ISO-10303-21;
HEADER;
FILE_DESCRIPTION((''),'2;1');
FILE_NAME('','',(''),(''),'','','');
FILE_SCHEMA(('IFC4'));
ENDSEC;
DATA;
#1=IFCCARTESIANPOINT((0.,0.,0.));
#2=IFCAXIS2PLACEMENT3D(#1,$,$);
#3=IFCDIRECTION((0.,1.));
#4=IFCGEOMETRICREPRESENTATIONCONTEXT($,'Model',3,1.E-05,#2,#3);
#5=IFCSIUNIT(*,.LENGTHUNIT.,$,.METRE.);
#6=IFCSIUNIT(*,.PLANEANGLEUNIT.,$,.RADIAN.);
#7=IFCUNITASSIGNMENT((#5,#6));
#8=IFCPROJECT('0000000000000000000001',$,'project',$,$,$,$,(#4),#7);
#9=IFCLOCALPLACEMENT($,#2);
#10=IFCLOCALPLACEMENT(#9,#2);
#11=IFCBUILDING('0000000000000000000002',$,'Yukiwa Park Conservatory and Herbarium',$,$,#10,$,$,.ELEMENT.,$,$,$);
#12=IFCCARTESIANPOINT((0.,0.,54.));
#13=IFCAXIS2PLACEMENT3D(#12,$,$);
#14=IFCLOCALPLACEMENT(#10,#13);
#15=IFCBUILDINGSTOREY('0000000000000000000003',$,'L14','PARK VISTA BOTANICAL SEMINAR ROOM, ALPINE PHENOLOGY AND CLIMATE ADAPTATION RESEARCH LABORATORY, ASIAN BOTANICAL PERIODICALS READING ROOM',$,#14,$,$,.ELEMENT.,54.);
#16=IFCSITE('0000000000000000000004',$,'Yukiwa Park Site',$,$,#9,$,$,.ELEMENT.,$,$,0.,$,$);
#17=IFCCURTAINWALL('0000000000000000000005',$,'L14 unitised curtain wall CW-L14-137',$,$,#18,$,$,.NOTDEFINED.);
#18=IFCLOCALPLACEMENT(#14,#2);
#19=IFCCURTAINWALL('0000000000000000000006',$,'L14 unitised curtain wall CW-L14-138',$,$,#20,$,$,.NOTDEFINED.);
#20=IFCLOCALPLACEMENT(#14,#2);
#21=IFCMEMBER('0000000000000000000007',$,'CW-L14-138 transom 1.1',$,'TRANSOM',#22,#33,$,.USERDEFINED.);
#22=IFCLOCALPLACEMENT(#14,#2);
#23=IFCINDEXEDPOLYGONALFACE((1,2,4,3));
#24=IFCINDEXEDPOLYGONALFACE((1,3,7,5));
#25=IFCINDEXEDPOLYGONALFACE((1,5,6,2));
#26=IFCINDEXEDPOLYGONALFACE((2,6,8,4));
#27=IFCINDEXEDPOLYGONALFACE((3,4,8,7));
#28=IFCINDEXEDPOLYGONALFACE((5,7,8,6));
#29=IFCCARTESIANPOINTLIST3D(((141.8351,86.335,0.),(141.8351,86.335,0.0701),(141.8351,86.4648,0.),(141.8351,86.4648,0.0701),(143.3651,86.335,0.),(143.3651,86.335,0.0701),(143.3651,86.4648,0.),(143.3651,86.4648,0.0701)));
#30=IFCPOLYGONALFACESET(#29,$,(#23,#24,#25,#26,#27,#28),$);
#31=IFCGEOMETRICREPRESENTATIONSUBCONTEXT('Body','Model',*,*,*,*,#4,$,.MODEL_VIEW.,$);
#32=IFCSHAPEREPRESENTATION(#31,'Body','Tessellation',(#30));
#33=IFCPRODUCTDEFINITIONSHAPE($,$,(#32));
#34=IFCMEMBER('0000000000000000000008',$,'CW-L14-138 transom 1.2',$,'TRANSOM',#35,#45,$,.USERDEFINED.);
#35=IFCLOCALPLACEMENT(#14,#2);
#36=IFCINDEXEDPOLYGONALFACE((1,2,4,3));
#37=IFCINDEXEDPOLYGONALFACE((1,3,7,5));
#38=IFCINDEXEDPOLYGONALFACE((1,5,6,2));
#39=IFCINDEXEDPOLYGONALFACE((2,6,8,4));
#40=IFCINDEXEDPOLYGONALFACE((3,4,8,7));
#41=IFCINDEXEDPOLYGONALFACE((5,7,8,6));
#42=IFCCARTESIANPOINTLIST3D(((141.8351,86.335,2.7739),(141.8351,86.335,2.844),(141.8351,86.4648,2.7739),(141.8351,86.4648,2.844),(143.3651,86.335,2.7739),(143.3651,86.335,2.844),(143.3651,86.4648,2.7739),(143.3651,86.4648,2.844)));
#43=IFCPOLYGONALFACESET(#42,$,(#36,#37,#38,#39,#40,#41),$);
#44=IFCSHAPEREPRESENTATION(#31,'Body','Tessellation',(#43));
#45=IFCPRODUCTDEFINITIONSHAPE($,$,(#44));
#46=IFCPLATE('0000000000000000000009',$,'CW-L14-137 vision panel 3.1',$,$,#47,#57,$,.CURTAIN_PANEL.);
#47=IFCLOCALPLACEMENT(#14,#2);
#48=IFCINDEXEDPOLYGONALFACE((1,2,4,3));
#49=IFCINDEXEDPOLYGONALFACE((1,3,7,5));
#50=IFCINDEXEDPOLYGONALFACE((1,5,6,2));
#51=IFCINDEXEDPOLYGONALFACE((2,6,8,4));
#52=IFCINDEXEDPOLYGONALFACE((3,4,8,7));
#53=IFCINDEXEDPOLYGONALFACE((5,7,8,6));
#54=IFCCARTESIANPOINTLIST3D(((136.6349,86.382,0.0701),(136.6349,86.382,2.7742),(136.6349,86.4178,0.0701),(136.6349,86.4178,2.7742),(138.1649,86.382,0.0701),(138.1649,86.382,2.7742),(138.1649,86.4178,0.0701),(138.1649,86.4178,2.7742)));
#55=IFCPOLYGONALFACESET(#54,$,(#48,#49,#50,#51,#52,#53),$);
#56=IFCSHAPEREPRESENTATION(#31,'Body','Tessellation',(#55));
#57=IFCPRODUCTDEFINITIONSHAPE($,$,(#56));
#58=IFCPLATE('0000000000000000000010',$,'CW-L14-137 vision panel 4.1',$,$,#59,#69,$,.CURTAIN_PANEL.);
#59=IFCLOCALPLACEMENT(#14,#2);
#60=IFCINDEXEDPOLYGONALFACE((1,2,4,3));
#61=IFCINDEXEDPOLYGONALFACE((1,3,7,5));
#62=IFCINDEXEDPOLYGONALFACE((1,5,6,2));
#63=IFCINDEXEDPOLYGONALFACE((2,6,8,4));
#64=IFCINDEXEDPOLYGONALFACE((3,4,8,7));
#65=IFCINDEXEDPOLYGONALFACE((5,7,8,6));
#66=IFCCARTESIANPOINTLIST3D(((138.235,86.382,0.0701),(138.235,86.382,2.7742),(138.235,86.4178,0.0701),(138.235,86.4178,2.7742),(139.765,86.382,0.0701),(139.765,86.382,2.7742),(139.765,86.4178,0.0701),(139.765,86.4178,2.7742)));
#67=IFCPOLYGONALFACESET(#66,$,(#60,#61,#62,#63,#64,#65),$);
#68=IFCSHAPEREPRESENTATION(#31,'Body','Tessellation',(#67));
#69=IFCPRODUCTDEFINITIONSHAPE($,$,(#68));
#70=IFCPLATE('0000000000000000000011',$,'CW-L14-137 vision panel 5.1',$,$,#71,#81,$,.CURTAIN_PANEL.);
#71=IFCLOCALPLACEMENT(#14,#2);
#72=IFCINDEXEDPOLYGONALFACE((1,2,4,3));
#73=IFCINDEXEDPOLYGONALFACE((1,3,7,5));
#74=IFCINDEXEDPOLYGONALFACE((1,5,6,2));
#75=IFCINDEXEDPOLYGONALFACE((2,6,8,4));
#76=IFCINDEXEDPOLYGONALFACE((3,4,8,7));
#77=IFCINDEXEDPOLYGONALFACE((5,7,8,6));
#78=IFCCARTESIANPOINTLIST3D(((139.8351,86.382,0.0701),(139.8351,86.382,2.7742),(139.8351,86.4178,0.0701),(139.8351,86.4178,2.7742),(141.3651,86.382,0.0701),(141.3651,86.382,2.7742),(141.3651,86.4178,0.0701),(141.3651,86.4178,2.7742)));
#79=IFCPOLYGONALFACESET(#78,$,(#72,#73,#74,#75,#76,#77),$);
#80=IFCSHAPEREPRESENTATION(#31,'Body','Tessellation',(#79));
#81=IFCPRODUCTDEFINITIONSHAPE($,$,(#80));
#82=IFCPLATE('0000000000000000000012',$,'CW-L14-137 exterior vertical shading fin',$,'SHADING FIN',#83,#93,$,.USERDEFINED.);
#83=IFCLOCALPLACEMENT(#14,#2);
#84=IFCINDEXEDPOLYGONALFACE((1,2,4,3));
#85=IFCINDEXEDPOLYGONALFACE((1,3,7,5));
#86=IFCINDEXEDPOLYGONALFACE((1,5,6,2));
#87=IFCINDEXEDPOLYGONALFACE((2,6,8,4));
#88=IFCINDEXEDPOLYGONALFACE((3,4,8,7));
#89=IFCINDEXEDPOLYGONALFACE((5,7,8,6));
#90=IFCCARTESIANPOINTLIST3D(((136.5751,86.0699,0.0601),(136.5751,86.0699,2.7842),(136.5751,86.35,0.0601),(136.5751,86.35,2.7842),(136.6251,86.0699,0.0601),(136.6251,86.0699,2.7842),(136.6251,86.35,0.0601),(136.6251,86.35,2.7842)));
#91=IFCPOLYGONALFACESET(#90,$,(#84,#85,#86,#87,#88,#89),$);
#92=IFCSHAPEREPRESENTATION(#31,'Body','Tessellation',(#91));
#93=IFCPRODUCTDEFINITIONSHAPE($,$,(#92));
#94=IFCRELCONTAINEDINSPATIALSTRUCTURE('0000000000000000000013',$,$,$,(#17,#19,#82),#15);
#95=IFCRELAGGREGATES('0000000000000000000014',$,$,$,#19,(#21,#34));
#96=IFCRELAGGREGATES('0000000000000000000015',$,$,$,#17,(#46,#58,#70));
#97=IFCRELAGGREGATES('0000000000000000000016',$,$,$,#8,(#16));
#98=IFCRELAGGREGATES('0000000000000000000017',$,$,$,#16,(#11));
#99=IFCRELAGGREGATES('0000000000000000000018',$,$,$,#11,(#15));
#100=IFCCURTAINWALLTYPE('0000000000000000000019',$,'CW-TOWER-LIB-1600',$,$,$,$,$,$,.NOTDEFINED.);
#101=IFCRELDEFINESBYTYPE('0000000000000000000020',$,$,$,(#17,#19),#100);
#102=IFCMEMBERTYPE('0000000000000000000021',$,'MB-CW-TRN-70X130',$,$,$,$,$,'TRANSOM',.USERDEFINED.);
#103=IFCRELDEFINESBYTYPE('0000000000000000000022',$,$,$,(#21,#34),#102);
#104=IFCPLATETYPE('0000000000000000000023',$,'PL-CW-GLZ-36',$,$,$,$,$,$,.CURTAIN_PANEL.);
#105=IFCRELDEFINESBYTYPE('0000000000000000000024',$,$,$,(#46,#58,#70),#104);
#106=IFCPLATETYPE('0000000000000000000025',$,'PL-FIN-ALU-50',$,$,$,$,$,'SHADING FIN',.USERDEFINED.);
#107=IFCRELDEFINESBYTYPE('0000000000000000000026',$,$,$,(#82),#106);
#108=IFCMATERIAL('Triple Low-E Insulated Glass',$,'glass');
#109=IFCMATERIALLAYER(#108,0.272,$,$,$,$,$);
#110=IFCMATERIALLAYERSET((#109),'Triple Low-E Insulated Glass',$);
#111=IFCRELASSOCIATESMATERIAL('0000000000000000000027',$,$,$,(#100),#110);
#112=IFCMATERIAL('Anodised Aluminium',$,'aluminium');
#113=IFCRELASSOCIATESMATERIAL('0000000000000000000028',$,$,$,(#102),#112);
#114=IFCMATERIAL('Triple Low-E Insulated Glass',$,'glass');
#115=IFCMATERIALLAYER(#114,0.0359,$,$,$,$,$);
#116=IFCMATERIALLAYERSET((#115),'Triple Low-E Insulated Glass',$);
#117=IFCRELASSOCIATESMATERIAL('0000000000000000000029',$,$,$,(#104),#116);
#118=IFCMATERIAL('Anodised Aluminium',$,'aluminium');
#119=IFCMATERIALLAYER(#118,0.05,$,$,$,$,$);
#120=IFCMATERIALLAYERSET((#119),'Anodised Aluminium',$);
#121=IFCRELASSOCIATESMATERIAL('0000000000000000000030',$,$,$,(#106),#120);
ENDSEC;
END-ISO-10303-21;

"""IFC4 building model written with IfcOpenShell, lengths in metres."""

from ifc_helpers import new_model, si_unit, direction, frame, origin, origin_2d, place, context, subcontext, project, spatial, rectangle, extrude, material, layer, layer_set, type_object, element, aggregate, save


model = new_model("IFC4")

# Units and contexts
model_context = context("Model", 3, precision=1e-05, world=origin(), true_north=direction((0.0, 1.0)))
body_context = subcontext(model_context, "Body", "Model", "MODEL_VIEW")
ifc_project = project(units=[si_unit("LENGTHUNIT", "METRE"), si_unit("PLANEANGLEUNIT", "RADIAN")], contexts=[model_context])

# Site, building, storey
site_placement = place(None, origin())
site = spatial("IfcSite", under=ifc_project, at=site_placement, Name="Yukiwa Park Site", CompositionType="ELEMENT", RefElevation=0.0)
building_placement = place(site_placement, origin())
building = spatial("IfcBuilding", under=site, at=building_placement, Name="Yukiwa Park Conservatory and Herbarium", CompositionType="ELEMENT")
storey_placement = place(building_placement, frame((0.0, 0.0, 54.0)))
storey = spatial("IfcBuildingStorey", under=building, at=storey_placement, Name="L14", Description="PARK VISTA BOTANICAL SEMINAR ROOM, ALPINE PHENOLOGY AND CLIMATE ADAPTATION RESEARCH LABORATORY, ASIAN BOTANICAL PERIODICALS READING ROOM", CompositionType="ELEMENT", Elevation=54.0)

# Curtain wall
ifc_material_1 = material(Name="Triple Low-E Insulated Glass", Category="glass")
ifc_layer_1 = layer(ifc_material_1, 0.272)
ifc_layer_set_1 = layer_set([ifc_layer_1], Name="Triple Low-E Insulated Glass")
curtain_wall_type = type_object("IfcCurtainWallType", Name="CW-TOWER-LIB-1600", PredefinedType="NOTDEFINED", material=ifc_layer_set_1)
curtain_wall_1_placement = place(storey_placement, origin())
curtain_wall_1 = element("IfcCurtainWall", 1, at=curtain_wall_1_placement, inside=storey, type_object=curtain_wall_type, Name="L14 unitised curtain wall CW-L14-137", PredefinedType="NOTDEFINED")

# Curtain wall
curtain_wall_2_placement = place(storey_placement, origin())
curtain_wall_2 = element("IfcCurtainWall", 2, at=curtain_wall_2_placement, inside=storey, type_object=curtain_wall_type, Name="L14 unitised curtain wall CW-L14-138", PredefinedType="NOTDEFINED")

# Members
ifc_material_2 = material(Name="Anodised Aluminium", Category="aluminium")
member_type_1 = type_object("IfcMemberType", Name="MB-CW-TRN-70X130", ElementType="TRANSOM", PredefinedType="USERDEFINED", material=ifc_material_2)
member_1_placement = place(storey_placement, frame((142.6001, 86.3999, 0.0), z_axis=(0.0, 0.0, 1.0), x_axis=(1.0, 0.0, 0.0)))
member_1 = element("IfcMember", 3, at=member_1_placement, type_object=member_type_1, Name="CW-L14-138 transom 1.1", ObjectType="TRANSOM", PredefinedType="USERDEFINED", context=body_context, shape_type="SweptSolid", body=[
    extrude(rectangle(XDim=1.53, YDim=0.1299, at=origin_2d()), origin(), (0.0, 0.0, 1.0), 0.0701),
])
member_2_placement = place(storey_placement, frame((142.6001, 86.3999, 2.7739), z_axis=(0.0, 0.0, 1.0), x_axis=(1.0, 0.0, 0.0)))
member_2 = element("IfcMember", 4, at=member_2_placement, type_object=member_type_1, Name="CW-L14-138 transom 1.2", ObjectType="TRANSOM", PredefinedType="USERDEFINED", context=body_context, shape_type="SweptSolid", body=[
    extrude(rectangle(XDim=1.53, YDim=0.1299, at=origin_2d()), origin(), (0.0, 0.0, 1.0), 0.0701),
])
aggregate(curtain_wall_2, [member_1, member_2])

# Plates
ifc_material_3 = material(Name="Triple Low-E Insulated Glass", Category="glass")
ifc_layer_2 = layer(ifc_material_3, 0.0359)
ifc_layer_set_2 = layer_set([ifc_layer_2], Name="Triple Low-E Insulated Glass")
plate_type_1 = type_object("IfcPlateType", Name="PL-CW-GLZ-36", PredefinedType="CURTAIN_PANEL", material=ifc_layer_set_2)
plate_1_placement = place(storey_placement, frame((137.3999, 86.3999, 0.0701), z_axis=(0.0, 0.0, 1.0), x_axis=(1.0, 0.0, 0.0)))
plate_1 = element("IfcPlate", 5, at=plate_1_placement, type_object=plate_type_1, Name="CW-L14-137 vision panel 3.1", PredefinedType="CURTAIN_PANEL", context=body_context, shape_type="SweptSolid", body=[
    extrude(rectangle(XDim=1.53, YDim=0.0359, at=origin_2d()), origin(), (0.0, 0.0, 1.0), 2.7041),
])
plate_2_placement = place(storey_placement, frame((139.0, 86.3999, 0.0701), z_axis=(0.0, 0.0, 1.0), x_axis=(1.0, 0.0, 0.0)))
plate_2 = element("IfcPlate", 6, at=plate_2_placement, type_object=plate_type_1, Name="CW-L14-137 vision panel 4.1", PredefinedType="CURTAIN_PANEL", context=body_context, shape_type="SweptSolid", body=[
    extrude(rectangle(XDim=1.53, YDim=0.0359, at=origin_2d()), origin(), (0.0, 0.0, 1.0), 2.7041),
])
plate_3_placement = place(storey_placement, frame((140.6001, 86.3999, 0.0701), z_axis=(0.0, 0.0, 1.0), x_axis=(1.0, 0.0, 0.0)))
plate_3 = element("IfcPlate", 7, at=plate_3_placement, type_object=plate_type_1, Name="CW-L14-137 vision panel 5.1", PredefinedType="CURTAIN_PANEL", context=body_context, shape_type="SweptSolid", body=[
    extrude(rectangle(XDim=1.53, YDim=0.0359, at=origin_2d()), origin(), (0.0, 0.0, 1.0), 2.7041),
])
aggregate(curtain_wall_1, [plate_1, plate_2, plate_3])
ifc_material_4 = material(Name="Anodised Aluminium", Category="aluminium")
ifc_layer_3 = layer(ifc_material_4, 0.05)
ifc_layer_set_3 = layer_set([ifc_layer_3], Name="Anodised Aluminium")
plate_type_2 = type_object("IfcPlateType", Name="PL-FIN-ALU-50", ElementType="SHADING FIN", PredefinedType="USERDEFINED", material=ifc_layer_set_3)
plate_4_placement = place(storey_placement, frame((136.6001, 86.21, 0.0601), z_axis=(0.0, 0.0, 1.0), x_axis=(1.0, 0.0, 0.0)))
element("IfcPlate", 8, at=plate_4_placement, inside=storey, type_object=plate_type_2, Name="CW-L14-137 exterior vertical shading fin", ObjectType="SHADING FIN", PredefinedType="USERDEFINED", context=body_context, shape_type="SweptSolid", body=[
    extrude(rectangle(XDim=0.05, YDim=0.28, at=origin_2d()), origin(), (0.0, 0.0, 1.0), 2.7241),
])

save(model, "model.ifc")
